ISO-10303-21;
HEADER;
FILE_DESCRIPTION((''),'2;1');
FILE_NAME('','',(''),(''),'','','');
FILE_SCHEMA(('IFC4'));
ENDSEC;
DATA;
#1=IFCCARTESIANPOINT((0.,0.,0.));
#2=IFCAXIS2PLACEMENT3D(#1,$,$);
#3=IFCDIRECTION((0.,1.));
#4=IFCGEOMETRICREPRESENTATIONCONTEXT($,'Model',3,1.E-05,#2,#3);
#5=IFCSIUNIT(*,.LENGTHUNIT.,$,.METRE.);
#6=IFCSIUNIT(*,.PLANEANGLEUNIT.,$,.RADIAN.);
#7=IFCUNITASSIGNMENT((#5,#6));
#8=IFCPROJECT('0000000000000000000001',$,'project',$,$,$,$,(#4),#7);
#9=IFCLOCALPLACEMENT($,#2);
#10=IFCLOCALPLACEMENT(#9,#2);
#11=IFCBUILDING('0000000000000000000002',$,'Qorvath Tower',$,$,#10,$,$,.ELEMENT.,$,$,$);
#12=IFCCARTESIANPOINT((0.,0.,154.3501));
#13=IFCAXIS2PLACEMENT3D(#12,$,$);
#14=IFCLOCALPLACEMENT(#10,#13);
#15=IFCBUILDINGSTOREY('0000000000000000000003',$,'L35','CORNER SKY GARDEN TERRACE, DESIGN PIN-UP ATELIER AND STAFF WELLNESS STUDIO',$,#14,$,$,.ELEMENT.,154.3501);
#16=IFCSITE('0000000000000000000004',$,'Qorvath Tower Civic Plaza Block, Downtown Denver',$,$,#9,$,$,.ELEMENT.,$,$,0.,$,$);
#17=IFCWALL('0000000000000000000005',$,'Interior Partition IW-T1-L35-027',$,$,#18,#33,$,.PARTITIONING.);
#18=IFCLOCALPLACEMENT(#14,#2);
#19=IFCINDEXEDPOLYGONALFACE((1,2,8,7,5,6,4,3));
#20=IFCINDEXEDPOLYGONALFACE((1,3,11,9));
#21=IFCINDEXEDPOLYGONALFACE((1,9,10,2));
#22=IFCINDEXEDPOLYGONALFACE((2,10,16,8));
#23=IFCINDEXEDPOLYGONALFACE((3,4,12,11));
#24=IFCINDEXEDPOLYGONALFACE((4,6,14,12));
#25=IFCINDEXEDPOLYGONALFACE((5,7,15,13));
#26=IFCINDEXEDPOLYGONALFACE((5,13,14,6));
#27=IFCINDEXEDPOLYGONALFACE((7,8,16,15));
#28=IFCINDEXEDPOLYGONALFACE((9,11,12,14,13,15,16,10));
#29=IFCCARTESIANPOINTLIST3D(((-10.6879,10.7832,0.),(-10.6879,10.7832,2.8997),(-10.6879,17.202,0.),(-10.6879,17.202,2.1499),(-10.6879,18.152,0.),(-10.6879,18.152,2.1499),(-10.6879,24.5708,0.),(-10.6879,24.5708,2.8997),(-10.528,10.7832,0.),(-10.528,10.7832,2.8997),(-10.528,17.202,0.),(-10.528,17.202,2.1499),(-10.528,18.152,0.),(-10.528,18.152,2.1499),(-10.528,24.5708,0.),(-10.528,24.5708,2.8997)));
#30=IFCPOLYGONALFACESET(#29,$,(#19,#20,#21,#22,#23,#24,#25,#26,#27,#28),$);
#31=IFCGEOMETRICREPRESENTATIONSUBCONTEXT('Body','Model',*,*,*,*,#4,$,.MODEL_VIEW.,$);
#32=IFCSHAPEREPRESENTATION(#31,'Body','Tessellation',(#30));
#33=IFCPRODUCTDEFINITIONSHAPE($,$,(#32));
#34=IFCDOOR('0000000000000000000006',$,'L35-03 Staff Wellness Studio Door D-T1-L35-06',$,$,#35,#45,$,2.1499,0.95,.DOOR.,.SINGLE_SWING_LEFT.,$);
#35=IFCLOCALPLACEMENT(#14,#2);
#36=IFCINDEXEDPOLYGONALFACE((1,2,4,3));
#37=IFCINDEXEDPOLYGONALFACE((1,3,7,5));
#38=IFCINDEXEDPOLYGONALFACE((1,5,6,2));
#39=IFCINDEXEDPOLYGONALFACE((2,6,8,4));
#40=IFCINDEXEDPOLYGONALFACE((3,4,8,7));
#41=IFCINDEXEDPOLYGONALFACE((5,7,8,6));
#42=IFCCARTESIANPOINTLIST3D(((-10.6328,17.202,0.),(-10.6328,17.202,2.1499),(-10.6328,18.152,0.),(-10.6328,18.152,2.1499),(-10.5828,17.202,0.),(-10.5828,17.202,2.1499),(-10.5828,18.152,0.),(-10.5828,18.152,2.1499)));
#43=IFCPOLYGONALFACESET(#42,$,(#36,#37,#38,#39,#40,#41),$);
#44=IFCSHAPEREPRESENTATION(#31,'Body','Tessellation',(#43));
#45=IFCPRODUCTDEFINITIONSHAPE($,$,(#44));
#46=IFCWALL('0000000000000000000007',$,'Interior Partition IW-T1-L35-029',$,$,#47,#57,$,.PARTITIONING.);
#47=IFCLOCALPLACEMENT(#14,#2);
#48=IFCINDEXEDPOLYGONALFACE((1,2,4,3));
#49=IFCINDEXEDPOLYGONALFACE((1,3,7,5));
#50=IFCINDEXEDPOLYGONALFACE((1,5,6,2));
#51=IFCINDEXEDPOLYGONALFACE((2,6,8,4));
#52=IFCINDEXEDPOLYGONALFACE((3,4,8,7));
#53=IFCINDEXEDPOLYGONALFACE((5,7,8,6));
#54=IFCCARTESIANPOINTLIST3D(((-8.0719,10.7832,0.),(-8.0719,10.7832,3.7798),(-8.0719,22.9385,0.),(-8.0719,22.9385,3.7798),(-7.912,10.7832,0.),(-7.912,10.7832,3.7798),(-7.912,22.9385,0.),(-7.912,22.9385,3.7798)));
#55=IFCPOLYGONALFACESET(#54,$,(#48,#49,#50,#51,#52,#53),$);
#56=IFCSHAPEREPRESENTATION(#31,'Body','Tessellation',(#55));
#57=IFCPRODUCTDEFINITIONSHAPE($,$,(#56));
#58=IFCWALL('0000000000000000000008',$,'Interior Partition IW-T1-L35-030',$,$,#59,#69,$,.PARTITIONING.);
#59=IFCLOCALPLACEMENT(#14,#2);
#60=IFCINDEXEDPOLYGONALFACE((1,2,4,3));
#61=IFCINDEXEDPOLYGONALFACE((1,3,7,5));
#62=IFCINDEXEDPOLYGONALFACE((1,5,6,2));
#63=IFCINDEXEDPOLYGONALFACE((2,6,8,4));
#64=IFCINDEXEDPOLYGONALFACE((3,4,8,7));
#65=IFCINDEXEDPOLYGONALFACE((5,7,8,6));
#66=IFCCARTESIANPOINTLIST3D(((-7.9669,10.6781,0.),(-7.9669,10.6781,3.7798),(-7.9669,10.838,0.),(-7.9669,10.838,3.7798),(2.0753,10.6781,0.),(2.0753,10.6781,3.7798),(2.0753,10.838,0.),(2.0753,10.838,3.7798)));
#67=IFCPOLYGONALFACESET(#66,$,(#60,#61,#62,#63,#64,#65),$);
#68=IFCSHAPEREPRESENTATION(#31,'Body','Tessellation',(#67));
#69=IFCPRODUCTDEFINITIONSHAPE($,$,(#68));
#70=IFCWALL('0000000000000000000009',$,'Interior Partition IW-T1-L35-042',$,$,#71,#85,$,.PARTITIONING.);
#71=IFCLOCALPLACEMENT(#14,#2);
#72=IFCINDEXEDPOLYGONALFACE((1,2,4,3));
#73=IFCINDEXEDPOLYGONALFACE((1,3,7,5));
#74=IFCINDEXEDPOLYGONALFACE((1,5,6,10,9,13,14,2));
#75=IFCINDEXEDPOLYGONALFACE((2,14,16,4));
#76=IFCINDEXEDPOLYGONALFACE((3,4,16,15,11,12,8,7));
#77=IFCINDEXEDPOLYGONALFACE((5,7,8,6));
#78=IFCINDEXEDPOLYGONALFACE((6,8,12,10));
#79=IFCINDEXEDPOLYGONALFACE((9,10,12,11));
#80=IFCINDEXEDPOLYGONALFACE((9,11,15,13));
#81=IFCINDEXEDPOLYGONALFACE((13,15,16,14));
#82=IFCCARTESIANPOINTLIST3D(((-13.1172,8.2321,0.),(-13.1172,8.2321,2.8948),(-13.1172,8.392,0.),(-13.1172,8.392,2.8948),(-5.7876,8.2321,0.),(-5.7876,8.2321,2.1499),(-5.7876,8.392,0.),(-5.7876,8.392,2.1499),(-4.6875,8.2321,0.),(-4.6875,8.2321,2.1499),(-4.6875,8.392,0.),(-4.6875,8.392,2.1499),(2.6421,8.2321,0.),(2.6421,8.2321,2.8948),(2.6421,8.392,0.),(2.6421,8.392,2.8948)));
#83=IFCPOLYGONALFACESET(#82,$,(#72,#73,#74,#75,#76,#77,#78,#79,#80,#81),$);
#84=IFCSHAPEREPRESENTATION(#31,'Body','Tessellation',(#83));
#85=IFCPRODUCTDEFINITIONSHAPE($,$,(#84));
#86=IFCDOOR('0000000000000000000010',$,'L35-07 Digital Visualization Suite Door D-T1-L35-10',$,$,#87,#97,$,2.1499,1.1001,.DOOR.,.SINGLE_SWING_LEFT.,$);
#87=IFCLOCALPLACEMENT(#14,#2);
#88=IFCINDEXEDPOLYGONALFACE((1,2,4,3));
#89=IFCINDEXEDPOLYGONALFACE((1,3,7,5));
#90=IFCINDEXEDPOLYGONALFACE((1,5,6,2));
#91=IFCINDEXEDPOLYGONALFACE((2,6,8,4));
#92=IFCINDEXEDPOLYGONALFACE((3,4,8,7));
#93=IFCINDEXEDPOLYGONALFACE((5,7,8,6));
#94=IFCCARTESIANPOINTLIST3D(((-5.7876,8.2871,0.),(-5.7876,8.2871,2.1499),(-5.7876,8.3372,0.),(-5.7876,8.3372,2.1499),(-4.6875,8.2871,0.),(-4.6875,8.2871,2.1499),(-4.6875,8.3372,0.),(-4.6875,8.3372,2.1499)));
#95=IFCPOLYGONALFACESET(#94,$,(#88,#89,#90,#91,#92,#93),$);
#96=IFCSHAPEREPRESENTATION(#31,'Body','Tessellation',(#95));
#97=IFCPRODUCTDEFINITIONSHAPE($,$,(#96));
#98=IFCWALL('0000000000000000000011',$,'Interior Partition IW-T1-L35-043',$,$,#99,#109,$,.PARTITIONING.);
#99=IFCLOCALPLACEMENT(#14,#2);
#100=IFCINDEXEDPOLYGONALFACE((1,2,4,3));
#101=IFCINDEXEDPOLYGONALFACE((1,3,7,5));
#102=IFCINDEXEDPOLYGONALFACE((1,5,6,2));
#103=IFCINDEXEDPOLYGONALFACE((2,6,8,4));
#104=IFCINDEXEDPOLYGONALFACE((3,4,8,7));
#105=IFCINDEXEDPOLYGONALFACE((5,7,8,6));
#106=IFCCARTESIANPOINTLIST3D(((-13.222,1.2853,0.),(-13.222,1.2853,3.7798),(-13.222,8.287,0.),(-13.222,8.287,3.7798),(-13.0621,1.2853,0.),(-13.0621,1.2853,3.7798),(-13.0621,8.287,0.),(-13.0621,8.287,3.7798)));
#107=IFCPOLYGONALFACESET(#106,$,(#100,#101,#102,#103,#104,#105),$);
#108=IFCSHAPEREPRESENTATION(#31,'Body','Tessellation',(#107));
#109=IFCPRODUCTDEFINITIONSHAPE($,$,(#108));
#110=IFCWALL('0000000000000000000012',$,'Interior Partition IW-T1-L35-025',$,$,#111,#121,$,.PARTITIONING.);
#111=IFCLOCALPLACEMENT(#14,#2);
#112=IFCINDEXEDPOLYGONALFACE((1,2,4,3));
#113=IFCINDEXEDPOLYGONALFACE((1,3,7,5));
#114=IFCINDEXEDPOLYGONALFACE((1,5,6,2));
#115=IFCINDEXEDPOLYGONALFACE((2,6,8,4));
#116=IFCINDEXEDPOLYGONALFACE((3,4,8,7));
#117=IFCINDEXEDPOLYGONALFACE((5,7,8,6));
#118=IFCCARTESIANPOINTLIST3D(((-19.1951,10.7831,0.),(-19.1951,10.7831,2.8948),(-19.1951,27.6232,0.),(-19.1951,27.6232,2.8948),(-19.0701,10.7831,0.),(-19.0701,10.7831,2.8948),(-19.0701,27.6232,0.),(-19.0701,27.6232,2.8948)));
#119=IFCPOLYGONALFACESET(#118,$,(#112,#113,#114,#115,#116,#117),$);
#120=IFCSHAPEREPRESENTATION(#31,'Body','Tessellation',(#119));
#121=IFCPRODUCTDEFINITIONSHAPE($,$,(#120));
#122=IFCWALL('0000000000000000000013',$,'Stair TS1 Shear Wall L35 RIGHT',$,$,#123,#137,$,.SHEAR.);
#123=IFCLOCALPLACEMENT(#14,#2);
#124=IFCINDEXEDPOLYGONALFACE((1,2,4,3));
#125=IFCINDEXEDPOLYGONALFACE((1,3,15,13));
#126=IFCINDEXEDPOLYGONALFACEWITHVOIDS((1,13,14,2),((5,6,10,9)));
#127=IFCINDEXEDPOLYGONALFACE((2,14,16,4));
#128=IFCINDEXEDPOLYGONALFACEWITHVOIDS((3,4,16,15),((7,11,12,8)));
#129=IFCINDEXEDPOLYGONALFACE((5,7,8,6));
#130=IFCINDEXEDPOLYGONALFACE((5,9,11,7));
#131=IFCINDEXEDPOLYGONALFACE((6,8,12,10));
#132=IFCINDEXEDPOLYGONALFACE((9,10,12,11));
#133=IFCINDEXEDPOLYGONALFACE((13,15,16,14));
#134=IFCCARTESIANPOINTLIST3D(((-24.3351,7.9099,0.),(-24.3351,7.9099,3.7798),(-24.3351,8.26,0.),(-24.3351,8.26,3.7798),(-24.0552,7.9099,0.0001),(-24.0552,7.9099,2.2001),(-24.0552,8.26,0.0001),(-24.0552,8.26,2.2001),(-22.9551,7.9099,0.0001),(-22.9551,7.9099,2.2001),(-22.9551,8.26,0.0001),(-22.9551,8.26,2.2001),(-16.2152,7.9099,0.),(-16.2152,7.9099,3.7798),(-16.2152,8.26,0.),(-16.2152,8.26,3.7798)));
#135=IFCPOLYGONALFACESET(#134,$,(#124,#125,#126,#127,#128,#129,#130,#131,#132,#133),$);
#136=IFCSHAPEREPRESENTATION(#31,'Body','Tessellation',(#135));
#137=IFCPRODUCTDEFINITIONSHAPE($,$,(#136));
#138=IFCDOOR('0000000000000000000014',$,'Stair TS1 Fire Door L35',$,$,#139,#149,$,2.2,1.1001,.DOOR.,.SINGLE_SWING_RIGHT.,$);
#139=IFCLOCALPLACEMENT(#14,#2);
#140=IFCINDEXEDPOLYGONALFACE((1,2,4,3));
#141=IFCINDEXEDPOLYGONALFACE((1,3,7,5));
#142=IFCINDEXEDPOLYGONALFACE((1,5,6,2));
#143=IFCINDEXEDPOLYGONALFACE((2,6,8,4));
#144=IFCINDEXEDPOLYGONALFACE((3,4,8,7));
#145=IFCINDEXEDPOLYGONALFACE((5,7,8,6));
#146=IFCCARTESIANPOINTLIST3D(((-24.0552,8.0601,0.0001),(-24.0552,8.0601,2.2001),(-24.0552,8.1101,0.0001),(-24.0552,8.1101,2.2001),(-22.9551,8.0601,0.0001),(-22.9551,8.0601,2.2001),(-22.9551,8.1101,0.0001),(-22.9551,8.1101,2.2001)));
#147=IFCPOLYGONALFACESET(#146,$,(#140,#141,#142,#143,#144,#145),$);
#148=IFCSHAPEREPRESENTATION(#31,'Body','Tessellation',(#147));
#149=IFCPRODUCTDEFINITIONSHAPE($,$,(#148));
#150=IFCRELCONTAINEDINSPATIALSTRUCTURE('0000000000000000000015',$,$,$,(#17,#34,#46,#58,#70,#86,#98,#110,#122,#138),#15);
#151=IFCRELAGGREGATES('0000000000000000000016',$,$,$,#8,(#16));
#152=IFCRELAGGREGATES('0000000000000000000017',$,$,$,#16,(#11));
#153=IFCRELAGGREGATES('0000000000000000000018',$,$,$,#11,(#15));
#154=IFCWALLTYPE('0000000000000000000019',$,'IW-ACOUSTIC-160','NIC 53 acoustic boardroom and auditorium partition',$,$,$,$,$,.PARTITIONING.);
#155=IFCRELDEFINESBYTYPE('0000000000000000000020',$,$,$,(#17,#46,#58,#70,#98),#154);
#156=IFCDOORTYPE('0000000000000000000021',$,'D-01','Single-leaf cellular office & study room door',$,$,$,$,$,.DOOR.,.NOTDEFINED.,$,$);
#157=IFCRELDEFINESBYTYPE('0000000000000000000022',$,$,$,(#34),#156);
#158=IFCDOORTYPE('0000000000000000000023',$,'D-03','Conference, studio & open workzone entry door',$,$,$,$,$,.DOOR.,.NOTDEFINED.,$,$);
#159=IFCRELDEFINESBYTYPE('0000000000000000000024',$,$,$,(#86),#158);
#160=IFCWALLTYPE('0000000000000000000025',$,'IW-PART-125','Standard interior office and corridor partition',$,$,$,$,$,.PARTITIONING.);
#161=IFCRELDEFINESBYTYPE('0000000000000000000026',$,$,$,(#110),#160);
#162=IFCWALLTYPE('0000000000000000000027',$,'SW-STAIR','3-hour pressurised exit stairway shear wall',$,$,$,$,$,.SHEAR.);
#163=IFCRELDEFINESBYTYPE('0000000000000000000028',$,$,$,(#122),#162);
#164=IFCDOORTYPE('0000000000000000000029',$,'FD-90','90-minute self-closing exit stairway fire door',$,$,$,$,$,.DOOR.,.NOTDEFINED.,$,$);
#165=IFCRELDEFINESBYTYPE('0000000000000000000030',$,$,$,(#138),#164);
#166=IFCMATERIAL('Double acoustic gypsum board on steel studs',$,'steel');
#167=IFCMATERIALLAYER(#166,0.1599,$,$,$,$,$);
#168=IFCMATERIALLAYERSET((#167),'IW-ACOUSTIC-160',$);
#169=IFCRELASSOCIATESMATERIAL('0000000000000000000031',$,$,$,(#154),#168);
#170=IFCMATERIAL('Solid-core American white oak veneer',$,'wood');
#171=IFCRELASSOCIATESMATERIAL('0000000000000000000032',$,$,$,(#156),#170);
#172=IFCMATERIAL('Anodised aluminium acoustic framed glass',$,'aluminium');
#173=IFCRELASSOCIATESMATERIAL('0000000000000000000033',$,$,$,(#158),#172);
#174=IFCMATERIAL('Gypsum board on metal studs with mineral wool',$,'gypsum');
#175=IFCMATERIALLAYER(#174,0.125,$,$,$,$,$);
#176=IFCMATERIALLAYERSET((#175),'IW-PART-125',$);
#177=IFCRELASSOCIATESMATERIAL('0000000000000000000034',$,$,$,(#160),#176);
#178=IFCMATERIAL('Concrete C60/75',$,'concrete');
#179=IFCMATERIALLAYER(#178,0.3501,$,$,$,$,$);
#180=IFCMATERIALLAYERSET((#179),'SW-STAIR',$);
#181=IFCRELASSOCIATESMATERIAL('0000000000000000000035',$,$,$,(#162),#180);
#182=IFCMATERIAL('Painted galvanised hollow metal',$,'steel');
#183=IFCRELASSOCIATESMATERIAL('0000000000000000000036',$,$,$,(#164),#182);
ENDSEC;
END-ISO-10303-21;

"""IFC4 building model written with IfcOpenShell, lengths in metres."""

from ifc_helpers import new_model, si_unit, direction, frame, frame_2d, origin, place, context, subcontext, project, spatial, rectangle, extrude, material, layer, layer_set, type_object, element, fill, save


model = new_model("IFC4")

# Units and contexts
model_context = context("Model", 3, precision=1e-05, world=origin(), true_north=direction((0.0, 1.0)))
body_context = subcontext(model_context, "Body", "Model", "MODEL_VIEW")
ifc_project = project(units=[si_unit("LENGTHUNIT", "METRE"), si_unit("PLANEANGLEUNIT", "RADIAN")], contexts=[model_context])

# Site, building, storey
site_placement = place(None, origin())
site = spatial("IfcSite", under=ifc_project, at=site_placement, Name="Qorvath Tower Civic Plaza Block, Downtown Denver", CompositionType="ELEMENT", RefElevation=0.0)
building_placement = place(site_placement, origin())
building = spatial("IfcBuilding", under=site, at=building_placement, Name="Qorvath Tower", CompositionType="ELEMENT")
storey_placement = place(building_placement, frame((0.0, 0.0, 154.3501)))
storey = spatial("IfcBuildingStorey", under=building, at=storey_placement, Name="L35", Description="CORNER SKY GARDEN TERRACE, DESIGN PIN-UP ATELIER AND STAFF WELLNESS STUDIO", CompositionType="ELEMENT", Elevation=154.3501)

# Shared definitions
ifc_material_1 = material(Name="Double acoustic gypsum board on steel studs", Category="steel")
ifc_layer_1 = layer(ifc_material_1, 0.1599)
ifc_layer_set_1 = layer_set([ifc_layer_1], Name="IW-ACOUSTIC-160")
wall_type_1 = type_object("IfcWallType", Name="IW-ACOUSTIC-160", Description="NIC 53 acoustic boardroom and auditorium partition", PredefinedType="PARTITIONING", material=ifc_layer_set_1)

# Wall, opening, door
wall_1_placement = place(storey_placement, frame((-10.6079, 10.7832, 0.0), z_axis=(0.0, 0.0, 1.0), x_axis=(0.0, 1.0, 0.0)))
wall_1 = element("IfcWall", 1, at=wall_1_placement, inside=storey, type_object=wall_type_1, Name="Interior Partition IW-T1-L35-027", PredefinedType="PARTITIONING", context=body_context, shape_type="SweptSolid", body=[
    extrude(rectangle(XDim=13.7876, YDim=0.1599, at=frame_2d((6.8938, 0.0))), origin(), (0.0, 0.0, 1.0), 2.8997),
])
opening_1_placement = place(wall_1_placement, frame((6.4187, 0.0, 0.0)))
opening_1 = element("IfcOpeningElement", 2, at=opening_1_placement, cuts=wall_1, PredefinedType="OPENING", context=body_context, shape_type="SweptSolid", body=[
    extrude(rectangle(XDim=0.95, YDim=2.1499, at=frame_2d((0.4751, 1.075))), frame((0.0, 0.0898, 0.0), z_axis=(0.0, -1.0, 0.0), x_axis=(1.0, 0.0, 0.0)), (0.0, 0.0, 1.0), 0.1799),
])
ifc_material_2 = material(Name="Solid-core American white oak veneer", Category="wood")
door_type_1 = type_object("IfcDoorType", Name="D-01", Description="Single-leaf cellular office & study room door", OperationType="NOTDEFINED", PredefinedType="DOOR", material=ifc_material_2)
door_1_placement = place(opening_1_placement, origin())
door_1 = element("IfcDoor", 3, at=door_1_placement, inside=storey, type_object=door_type_1, Name="L35-03 Staff Wellness Studio Door D-T1-L35-06", OperationType="SINGLE_SWING_LEFT", OverallHeight=2.1499, OverallWidth=0.95, PredefinedType="DOOR", context=body_context, shape_type="SweptSolid", body=[
    extrude(rectangle(XDim=0.95, YDim=2.1499, at=frame_2d((0.4751, 1.075))), frame((0.0, 0.0249, 0.0), z_axis=(0.0, -1.0, 0.0), x_axis=(1.0, 0.0, 0.0)), (0.0, 0.0, 1.0), 0.05),
])
fill(opening_1, door_1)

# Walls
wall_2_placement = place(storey_placement, frame((-7.9919, 10.7832, 0.0), z_axis=(0.0, 0.0, 1.0), x_axis=(0.0, 1.0, 0.0)))
element("IfcWall", 4, at=wall_2_placement, inside=storey, type_object=wall_type_1, Name="Interior Partition IW-T1-L35-029", PredefinedType="PARTITIONING", context=body_context, shape_type="SweptSolid", body=[
    extrude(rectangle(XDim=12.1553, YDim=0.1599, at=frame_2d((6.0776, 0.0))), origin(), (0.0, 0.0, 1.0), 3.7798),
])
wall_3_placement = place(storey_placement, frame((-7.9668, 10.7581, 0.0), z_axis=(0.0, 0.0, 1.0), x_axis=(1.0, 0.0, 0.0)))
element("IfcWall", 5, at=wall_3_placement, inside=storey, type_object=wall_type_1, Name="Interior Partition IW-T1-L35-030", PredefinedType="PARTITIONING", context=body_context, shape_type="SweptSolid", body=[
    extrude(rectangle(XDim=10.0422, YDim=0.1599, at=frame_2d((5.021, 0.0))), origin(), (0.0, 0.0, 1.0), 3.7798),
])

# Wall, opening, door
wall_4_placement = place(storey_placement, frame((2.6421, 8.312, 0.0), z_axis=(0.0, 0.0, 1.0), x_axis=(-1.0, 0.0, 0.0)))
wall_4 = element("IfcWall", 6, at=wall_4_placement, inside=storey, type_object=wall_type_1, Name="Interior Partition IW-T1-L35-042", PredefinedType="PARTITIONING", context=body_context, shape_type="SweptSolid", body=[
    extrude(rectangle(XDim=15.7593, YDim=0.1599, at=frame_2d((7.8796, 0.0))), origin(), (0.0, 0.0, 1.0), 2.8948),
])
opening_2_placement = place(wall_4_placement, frame((7.3296, 0.0, 0.0)))
opening_2 = element("IfcOpeningElement", 7, at=opening_2_placement, cuts=wall_4, PredefinedType="OPENING", context=body_context, shape_type="SweptSolid", body=[
    extrude(rectangle(XDim=1.1001, YDim=2.1499, at=frame_2d((0.55, 1.075))), frame((0.0, 0.0898, 0.0), z_axis=(0.0, -1.0, 0.0), x_axis=(1.0, 0.0, 0.0)), (0.0, 0.0, 1.0), 0.1799),
])
ifc_material_3 = material(Name="Anodised aluminium acoustic framed glass", Category="aluminium")
door_type_2 = type_object("IfcDoorType", Name="D-03", Description="Conference, studio & open workzone entry door", OperationType="NOTDEFINED", PredefinedType="DOOR", material=ifc_material_3)
door_2_placement = place(opening_2_placement, origin())
door_2 = element("IfcDoor", 8, at=door_2_placement, inside=storey, type_object=door_type_2, Name="L35-07 Digital Visualization Suite Door D-T1-L35-10", OperationType="SINGLE_SWING_LEFT", OverallHeight=2.1499, OverallWidth=1.1001, PredefinedType="DOOR", context=body_context, shape_type="SweptSolid", body=[
    extrude(rectangle(XDim=1.1001, YDim=2.1499, at=frame_2d((0.55, 1.075))), frame((0.0, 0.0249, 0.0), z_axis=(0.0, -1.0, 0.0), x_axis=(1.0, 0.0, 0.0)), (0.0, 0.0, 1.0), 0.05),
])
fill(opening_2, door_2)

# Walls
wall_5_placement = place(storey_placement, frame((-13.1421, 8.2871, 0.0), z_axis=(0.0, 0.0, 1.0), x_axis=(0.0, -1.0, 0.0)))
element("IfcWall", 9, at=wall_5_placement, inside=storey, type_object=wall_type_1, Name="Interior Partition IW-T1-L35-043", PredefinedType="PARTITIONING", context=body_context, shape_type="SweptSolid", body=[
    extrude(rectangle(XDim=7.0017, YDim=0.1599, at=frame_2d((3.501, 0.0))), origin(), (0.0, 0.0, 1.0), 3.7798),
])
ifc_material_4 = material(Name="Gypsum board on metal studs with mineral wool", Category="gypsum")
ifc_layer_2 = layer(ifc_material_4, 0.125)
ifc_layer_set_2 = layer_set([ifc_layer_2], Name="IW-PART-125")
wall_type_2 = type_object("IfcWallType", Name="IW-PART-125", Description="Standard interior office and corridor partition", PredefinedType="PARTITIONING", material=ifc_layer_set_2)
wall_6_placement = place(storey_placement, frame((-19.1326, 10.7832, 0.0), z_axis=(0.0, 0.0, 1.0), x_axis=(0.0, 1.0, 0.0)))
element("IfcWall", 10, at=wall_6_placement, inside=storey, type_object=wall_type_2, Name="Interior Partition IW-T1-L35-025", PredefinedType="PARTITIONING", context=body_context, shape_type="SweptSolid", body=[
    extrude(rectangle(XDim=16.8401, YDim=0.125, at=frame_2d((8.4199, 0.0))), origin(), (0.0, 0.0, 1.0), 2.8948),
])

# Wall, opening, door
ifc_material_5 = material(Name="Concrete C60/75", Category="concrete")
ifc_layer_3 = layer(ifc_material_5, 0.3501)
ifc_layer_set_3 = layer_set([ifc_layer_3], Name="SW-STAIR")
wall_type_3 = type_object("IfcWallType", Name="SW-STAIR", Description="3-hour pressurised exit stairway shear wall", PredefinedType="SHEAR", material=ifc_layer_set_3)
wall_7_placement = place(storey_placement, frame((-16.2151, 8.085, 0.0), z_axis=(0.0, 0.0, 1.0), x_axis=(-1.0, 0.0, 0.0)))
wall_7 = element("IfcWall", 11, at=wall_7_placement, inside=storey, type_object=wall_type_3, Name="Stair TS1 Shear Wall L35 RIGHT", PredefinedType="SHEAR", context=body_context, shape_type="SweptSolid", body=[
    extrude(rectangle(XDim=8.1199, YDim=0.3501, at=frame_2d((4.0601, 0.0))), origin(), (0.0, 0.0, 1.0), 3.7798),
])
opening_3_placement = place(wall_7_placement, frame((6.74, 0.0, 0.0)))
opening_3 = element("IfcOpeningElement", 12, at=opening_3_placement, cuts=wall_7, PredefinedType="OPENING", context=body_context, shape_type="SweptSolid", body=[
    extrude(rectangle(XDim=1.1001, YDim=2.2, at=frame_2d((0.55, 1.1001))), frame((0.0, 0.1851, 0.0), z_axis=(0.0, -1.0, 0.0), x_axis=(1.0, 0.0, 0.0)), (0.0, 0.0, 1.0), 0.3701),
])
ifc_material_6 = material(Name="Painted galvanised hollow metal", Category="steel")
door_type_3 = type_object("IfcDoorType", Name="FD-90", Description="90-minute self-closing exit stairway fire door", OperationType="NOTDEFINED", PredefinedType="DOOR", material=ifc_material_6)
door_3_placement = place(opening_3_placement, origin())
door_3 = element("IfcDoor", 13, at=door_3_placement, inside=storey, type_object=door_type_3, Name="Stair TS1 Fire Door L35", OperationType="SINGLE_SWING_RIGHT", OverallHeight=2.2, OverallWidth=1.1001, PredefinedType="DOOR", context=body_context, shape_type="SweptSolid", body=[
    extrude(rectangle(XDim=1.1001, YDim=2.2, at=frame_2d((0.55, 1.1001))), frame((0.0, 0.0249, 0.0), z_axis=(0.0, -1.0, 0.0), x_axis=(1.0, 0.0, 0.0)), (0.0, 0.0, 1.0), 0.05),
])
fill(opening_3, door_3)

save(model, "model.ifc")
